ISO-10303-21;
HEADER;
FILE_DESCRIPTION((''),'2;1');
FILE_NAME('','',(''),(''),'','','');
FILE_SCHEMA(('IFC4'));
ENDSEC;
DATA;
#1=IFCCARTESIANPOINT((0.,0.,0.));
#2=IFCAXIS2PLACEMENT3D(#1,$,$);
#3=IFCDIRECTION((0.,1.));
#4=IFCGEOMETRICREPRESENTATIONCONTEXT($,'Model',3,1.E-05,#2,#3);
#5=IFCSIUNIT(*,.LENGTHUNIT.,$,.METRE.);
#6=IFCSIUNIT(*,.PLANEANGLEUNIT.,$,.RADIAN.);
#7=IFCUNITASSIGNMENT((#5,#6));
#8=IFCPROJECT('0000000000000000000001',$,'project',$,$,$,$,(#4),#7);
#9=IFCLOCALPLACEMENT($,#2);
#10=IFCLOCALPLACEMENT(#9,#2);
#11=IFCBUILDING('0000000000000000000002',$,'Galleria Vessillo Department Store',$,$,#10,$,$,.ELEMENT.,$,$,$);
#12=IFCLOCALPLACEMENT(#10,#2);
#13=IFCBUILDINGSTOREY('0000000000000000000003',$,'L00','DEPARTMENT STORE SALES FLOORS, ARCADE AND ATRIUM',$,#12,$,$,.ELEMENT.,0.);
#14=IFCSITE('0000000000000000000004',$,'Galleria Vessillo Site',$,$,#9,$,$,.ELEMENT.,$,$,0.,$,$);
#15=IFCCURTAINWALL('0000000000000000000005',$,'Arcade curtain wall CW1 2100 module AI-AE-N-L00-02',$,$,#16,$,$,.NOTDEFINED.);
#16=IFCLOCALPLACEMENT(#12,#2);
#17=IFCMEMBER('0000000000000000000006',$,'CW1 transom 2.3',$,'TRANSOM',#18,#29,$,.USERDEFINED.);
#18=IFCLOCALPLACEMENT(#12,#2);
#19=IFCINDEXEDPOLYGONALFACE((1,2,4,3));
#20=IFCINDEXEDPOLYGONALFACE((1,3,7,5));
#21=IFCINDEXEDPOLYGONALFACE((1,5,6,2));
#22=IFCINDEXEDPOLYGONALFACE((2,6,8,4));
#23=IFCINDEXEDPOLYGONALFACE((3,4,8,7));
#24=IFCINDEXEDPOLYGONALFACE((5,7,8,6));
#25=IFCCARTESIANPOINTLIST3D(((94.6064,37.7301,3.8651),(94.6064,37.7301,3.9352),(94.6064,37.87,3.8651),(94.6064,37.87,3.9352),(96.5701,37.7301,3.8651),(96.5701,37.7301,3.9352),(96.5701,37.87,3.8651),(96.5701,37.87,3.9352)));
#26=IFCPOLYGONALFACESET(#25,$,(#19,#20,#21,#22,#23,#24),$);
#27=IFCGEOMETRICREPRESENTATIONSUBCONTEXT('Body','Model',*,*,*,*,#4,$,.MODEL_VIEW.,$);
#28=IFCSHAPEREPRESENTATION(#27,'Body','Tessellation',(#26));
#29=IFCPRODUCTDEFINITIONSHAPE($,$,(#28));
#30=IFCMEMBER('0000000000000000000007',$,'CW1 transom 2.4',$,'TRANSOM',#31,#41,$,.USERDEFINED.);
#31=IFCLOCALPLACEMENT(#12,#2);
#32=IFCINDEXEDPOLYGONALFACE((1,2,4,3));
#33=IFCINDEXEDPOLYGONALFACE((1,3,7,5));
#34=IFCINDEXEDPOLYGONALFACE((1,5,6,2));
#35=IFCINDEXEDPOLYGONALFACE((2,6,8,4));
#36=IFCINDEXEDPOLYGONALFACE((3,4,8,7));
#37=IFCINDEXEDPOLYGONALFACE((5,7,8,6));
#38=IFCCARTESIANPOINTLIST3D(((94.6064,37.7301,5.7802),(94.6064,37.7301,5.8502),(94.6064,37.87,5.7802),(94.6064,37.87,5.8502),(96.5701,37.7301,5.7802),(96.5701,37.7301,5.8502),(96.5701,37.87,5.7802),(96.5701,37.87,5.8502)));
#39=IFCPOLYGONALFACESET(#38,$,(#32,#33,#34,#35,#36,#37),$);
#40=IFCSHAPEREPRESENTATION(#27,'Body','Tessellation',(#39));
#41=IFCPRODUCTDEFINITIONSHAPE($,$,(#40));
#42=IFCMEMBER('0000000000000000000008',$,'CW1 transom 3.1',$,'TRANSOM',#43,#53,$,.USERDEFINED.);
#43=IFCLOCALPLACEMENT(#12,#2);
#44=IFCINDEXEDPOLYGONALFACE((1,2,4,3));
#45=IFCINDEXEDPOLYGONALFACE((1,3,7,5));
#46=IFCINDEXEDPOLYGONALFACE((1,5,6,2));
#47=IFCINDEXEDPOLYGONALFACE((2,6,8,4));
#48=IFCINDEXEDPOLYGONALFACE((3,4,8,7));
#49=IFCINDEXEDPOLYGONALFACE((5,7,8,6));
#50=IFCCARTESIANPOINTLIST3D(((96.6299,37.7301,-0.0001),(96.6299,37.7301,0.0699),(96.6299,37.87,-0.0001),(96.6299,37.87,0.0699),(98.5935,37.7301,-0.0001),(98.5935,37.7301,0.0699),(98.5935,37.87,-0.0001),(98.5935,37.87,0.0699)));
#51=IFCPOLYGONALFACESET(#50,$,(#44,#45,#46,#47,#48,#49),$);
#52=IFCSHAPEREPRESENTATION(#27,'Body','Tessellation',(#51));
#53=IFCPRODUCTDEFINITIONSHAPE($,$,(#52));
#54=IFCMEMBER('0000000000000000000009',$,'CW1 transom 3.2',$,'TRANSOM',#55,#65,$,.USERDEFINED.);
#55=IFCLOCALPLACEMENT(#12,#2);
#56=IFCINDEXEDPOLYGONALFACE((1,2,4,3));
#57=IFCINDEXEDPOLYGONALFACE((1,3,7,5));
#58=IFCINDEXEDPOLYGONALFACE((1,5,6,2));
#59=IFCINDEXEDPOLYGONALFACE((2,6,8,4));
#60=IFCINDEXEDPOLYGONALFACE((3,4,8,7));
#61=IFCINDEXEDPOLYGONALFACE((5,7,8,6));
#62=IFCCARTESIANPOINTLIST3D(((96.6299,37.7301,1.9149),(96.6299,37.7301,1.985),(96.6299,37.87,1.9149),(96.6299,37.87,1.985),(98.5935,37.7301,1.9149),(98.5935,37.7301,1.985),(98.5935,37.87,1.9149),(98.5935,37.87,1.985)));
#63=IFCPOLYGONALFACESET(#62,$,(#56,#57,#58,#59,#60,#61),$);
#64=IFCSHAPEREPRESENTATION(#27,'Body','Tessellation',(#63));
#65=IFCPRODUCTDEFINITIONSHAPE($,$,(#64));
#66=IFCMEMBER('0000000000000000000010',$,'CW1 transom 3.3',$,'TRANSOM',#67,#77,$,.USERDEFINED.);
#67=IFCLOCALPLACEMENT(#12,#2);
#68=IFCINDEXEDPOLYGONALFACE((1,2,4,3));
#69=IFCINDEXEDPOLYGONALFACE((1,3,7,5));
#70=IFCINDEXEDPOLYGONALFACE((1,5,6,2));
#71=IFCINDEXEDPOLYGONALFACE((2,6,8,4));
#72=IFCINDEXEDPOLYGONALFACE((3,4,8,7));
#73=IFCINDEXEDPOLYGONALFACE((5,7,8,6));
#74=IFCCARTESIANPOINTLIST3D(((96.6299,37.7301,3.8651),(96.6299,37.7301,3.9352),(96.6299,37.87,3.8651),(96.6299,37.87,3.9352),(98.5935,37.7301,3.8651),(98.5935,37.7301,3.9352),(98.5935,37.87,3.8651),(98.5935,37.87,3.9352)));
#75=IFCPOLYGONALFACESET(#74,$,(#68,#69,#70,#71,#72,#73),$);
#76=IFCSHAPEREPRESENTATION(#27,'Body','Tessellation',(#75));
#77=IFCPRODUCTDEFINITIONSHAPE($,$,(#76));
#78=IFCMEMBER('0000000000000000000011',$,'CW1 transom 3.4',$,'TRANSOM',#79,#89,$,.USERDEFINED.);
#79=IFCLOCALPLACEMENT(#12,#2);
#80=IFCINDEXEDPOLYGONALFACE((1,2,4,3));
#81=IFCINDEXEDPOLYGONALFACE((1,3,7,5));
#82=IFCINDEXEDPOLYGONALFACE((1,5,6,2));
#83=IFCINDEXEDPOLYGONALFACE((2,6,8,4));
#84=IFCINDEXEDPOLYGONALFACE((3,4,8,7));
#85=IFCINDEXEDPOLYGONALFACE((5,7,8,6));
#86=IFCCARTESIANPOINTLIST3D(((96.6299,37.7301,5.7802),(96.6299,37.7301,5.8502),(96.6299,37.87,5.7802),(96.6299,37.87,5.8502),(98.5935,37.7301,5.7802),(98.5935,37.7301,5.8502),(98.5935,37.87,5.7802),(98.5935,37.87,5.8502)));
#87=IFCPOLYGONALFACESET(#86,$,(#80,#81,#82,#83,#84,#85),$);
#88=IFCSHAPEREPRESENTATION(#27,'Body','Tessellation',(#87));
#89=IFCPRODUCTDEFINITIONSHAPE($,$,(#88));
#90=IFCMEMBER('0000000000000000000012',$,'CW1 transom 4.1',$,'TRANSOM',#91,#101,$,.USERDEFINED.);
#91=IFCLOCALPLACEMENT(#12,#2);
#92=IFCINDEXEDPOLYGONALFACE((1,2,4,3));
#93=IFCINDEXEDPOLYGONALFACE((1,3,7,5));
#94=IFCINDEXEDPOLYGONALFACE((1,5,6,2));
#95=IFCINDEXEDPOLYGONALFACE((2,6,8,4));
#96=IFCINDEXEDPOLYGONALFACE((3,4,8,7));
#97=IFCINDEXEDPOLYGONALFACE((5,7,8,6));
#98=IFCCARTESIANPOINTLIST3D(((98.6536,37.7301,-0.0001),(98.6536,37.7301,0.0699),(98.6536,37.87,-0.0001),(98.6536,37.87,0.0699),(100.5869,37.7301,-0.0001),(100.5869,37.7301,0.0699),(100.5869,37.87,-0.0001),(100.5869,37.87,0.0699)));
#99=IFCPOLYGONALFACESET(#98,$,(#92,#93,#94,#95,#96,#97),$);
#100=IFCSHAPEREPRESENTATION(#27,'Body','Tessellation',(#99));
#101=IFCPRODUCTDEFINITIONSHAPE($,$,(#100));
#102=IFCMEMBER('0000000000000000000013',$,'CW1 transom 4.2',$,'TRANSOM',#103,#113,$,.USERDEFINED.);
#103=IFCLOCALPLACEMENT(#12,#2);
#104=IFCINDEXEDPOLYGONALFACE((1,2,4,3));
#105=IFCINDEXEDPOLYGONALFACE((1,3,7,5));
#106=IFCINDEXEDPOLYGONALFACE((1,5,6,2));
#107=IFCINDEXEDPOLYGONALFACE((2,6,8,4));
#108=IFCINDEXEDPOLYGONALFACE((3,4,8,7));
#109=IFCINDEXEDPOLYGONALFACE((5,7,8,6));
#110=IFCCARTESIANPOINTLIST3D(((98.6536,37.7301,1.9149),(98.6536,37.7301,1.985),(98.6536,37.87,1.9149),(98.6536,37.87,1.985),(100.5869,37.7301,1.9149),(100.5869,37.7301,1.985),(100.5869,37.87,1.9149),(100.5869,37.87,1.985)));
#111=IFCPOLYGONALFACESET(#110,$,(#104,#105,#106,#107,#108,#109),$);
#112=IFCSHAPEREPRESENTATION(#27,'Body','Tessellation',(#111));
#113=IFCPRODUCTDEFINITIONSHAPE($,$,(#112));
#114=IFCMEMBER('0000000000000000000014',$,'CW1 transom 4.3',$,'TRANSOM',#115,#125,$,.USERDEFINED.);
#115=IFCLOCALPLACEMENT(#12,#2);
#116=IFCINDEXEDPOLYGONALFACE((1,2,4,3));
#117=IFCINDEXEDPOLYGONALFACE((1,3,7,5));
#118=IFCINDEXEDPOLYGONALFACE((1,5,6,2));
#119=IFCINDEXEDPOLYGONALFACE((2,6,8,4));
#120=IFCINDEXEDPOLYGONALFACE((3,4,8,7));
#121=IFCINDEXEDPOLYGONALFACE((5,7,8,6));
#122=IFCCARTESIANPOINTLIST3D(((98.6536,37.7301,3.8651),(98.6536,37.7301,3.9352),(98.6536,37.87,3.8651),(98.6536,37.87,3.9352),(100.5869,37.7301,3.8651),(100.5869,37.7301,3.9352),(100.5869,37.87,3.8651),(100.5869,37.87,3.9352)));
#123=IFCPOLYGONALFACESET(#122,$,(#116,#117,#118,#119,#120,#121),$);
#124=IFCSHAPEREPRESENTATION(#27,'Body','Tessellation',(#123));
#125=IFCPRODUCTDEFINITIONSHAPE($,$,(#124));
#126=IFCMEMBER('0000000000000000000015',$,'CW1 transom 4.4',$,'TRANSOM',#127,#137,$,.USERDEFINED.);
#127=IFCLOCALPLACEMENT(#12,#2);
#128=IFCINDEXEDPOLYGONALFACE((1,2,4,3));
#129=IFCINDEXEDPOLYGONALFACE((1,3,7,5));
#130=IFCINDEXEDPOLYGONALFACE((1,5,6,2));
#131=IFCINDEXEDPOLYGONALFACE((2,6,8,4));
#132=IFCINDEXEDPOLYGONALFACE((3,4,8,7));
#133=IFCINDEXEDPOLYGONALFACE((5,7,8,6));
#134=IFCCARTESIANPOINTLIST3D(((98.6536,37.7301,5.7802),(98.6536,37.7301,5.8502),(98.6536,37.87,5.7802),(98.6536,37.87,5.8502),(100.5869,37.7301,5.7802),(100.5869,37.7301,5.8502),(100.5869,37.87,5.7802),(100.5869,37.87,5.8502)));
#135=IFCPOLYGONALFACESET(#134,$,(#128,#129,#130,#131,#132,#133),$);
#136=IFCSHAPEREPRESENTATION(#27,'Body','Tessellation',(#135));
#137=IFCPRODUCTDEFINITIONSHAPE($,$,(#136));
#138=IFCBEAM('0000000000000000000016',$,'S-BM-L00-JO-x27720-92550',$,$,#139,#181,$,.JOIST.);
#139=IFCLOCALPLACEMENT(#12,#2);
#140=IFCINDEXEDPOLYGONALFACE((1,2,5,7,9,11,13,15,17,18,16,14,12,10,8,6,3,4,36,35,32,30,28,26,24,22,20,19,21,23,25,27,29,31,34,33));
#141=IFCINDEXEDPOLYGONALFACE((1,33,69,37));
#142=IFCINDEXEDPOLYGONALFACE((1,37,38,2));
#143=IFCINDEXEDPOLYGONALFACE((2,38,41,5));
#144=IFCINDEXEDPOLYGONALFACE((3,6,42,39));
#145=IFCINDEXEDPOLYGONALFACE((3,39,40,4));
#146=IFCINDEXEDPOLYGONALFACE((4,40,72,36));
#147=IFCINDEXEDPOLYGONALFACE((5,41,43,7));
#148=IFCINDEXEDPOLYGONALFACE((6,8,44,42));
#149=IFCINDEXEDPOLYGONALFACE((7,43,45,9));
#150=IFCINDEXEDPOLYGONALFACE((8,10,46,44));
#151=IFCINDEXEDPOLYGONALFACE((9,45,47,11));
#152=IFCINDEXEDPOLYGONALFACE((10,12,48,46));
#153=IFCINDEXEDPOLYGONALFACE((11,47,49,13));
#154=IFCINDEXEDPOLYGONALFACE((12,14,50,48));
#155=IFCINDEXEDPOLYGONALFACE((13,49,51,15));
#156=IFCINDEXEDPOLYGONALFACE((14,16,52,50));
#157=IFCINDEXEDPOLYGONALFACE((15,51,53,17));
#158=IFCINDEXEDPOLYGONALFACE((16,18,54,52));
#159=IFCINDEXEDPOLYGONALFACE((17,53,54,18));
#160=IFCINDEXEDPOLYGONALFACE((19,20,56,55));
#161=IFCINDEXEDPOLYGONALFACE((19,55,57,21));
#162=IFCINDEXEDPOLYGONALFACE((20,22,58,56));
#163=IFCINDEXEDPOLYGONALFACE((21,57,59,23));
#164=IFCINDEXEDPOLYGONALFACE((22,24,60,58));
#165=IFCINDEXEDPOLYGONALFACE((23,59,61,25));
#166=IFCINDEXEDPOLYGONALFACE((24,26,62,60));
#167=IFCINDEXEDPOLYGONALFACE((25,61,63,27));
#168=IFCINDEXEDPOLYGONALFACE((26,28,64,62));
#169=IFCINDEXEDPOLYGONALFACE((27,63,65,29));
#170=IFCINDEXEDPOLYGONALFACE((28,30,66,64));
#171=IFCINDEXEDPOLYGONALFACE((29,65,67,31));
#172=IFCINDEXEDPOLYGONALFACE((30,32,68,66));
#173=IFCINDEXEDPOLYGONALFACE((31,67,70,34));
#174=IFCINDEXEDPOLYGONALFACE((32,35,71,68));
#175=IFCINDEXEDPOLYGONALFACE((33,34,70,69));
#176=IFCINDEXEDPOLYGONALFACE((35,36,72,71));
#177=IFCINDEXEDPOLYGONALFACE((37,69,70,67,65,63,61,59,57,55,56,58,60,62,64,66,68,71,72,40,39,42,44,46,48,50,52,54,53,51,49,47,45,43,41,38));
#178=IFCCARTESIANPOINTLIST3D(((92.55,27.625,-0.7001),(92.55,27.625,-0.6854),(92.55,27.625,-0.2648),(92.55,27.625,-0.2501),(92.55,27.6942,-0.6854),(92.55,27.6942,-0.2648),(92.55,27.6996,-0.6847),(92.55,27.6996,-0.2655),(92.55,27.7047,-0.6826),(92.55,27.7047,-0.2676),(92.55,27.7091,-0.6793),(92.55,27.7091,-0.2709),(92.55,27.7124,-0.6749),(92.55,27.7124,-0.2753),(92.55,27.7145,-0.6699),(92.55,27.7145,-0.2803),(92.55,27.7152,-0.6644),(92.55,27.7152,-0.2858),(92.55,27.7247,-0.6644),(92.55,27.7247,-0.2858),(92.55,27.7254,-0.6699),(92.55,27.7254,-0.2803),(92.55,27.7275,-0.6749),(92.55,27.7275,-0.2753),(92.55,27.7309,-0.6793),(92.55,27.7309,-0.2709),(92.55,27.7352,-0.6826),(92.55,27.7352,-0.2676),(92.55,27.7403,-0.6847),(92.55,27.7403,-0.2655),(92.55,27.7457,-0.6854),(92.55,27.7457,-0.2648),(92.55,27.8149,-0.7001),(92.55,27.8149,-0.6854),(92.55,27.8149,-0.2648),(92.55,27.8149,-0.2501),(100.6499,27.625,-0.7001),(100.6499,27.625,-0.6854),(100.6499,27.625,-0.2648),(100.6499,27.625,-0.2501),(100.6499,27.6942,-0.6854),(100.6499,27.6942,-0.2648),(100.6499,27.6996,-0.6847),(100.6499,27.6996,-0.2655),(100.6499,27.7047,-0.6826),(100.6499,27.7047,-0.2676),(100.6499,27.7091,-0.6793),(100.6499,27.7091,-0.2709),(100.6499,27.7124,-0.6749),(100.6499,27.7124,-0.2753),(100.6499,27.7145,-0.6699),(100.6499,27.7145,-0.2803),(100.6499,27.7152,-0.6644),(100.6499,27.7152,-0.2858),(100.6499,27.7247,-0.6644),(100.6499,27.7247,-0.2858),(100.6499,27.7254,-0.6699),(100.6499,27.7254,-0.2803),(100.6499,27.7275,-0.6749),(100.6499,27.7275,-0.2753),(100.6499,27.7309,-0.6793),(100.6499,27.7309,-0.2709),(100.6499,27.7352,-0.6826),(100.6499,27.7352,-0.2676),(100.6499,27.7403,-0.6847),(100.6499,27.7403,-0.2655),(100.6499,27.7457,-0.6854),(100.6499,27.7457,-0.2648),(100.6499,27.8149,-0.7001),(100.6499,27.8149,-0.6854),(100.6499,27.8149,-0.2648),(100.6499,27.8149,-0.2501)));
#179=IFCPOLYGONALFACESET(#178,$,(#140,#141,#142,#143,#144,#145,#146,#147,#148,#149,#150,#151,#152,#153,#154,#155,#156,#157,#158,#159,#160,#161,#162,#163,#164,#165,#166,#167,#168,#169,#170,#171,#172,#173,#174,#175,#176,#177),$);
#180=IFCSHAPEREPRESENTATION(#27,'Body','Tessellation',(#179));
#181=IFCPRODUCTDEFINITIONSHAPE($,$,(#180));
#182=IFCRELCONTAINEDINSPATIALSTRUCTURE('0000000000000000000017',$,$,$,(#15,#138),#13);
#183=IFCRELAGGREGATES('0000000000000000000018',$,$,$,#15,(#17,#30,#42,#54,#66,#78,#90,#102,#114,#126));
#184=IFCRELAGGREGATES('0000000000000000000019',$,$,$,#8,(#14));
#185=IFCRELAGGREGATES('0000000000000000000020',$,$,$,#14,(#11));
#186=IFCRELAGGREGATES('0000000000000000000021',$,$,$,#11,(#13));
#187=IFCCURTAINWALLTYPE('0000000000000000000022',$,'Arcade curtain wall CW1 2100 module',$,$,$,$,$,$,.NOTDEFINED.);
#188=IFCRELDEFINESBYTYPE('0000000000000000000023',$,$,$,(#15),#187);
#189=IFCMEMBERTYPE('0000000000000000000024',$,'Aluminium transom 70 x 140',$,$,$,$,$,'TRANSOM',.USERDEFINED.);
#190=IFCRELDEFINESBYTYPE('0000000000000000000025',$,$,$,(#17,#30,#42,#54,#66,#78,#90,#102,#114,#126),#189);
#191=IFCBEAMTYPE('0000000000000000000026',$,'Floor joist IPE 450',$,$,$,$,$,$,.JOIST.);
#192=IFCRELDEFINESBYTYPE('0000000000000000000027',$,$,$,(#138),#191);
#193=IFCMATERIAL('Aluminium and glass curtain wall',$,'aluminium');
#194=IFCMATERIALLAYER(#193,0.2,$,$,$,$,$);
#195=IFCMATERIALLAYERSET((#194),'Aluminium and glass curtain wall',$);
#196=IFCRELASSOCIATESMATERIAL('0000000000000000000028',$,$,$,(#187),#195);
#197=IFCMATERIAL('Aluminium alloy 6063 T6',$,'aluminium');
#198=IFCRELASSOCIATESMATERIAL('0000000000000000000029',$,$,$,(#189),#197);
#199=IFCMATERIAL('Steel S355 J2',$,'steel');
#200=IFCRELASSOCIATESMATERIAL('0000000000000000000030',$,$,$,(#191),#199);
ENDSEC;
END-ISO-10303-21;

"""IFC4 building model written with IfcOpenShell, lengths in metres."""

from ifc_helpers import new_model, si_unit, direction, frame, origin, origin_2d, place, context, subcontext, project, spatial, rectangle, i_section, extrude, material, layer, layer_set, material_profile, profile_set, type_object, element, aggregate, save


model = new_model("IFC4")

# Units and contexts
model_context = context("Model", 3, precision=1e-05, world=origin(), true_north=direction((0.0, 1.0)))
body_context = subcontext(model_context, "Body", "Model", "MODEL_VIEW")
ifc_project = project(units=[si_unit("LENGTHUNIT", "METRE"), si_unit("PLANEANGLEUNIT", "RADIAN")], contexts=[model_context])

# Site, building, storey
site_placement = place(None, origin())
site = spatial("IfcSite", under=ifc_project, at=site_placement, Name="Galleria Vessillo Site", CompositionType="ELEMENT", RefElevation=0.0)
building_placement = place(site_placement, origin())
building = spatial("IfcBuilding", under=site, at=building_placement, Name="Galleria Vessillo Department Store", CompositionType="ELEMENT")
storey_placement = place(building_placement, origin())
storey = spatial("IfcBuildingStorey", under=building, at=storey_placement, Name="L00", Description="DEPARTMENT STORE SALES FLOORS, ARCADE AND ATRIUM", CompositionType="ELEMENT", Elevation=0.0)

# Curtain wall, members
ifc_material_1 = material(Name="Aluminium and glass curtain wall", Category="aluminium")
ifc_layer_1 = layer(ifc_material_1, 0.2)
ifc_layer_set_1 = layer_set([ifc_layer_1], Name="Aluminium and glass curtain wall")
curtain_wall_type = type_object("IfcCurtainWallType", Name="Arcade curtain wall CW1 2100 module", PredefinedType="NOTDEFINED", material=ifc_layer_set_1)
curtain_wall_placement = place(storey_placement, origin())
curtain_wall = element("IfcCurtainWall", 1, at=curtain_wall_placement, inside=storey, type_object=curtain_wall_type, Name="Arcade curtain wall CW1 2100 module AI-AE-N-L00-02", PredefinedType="NOTDEFINED")
ifc_material_2 = material(Name="Aluminium alloy 6063 T6", Category="aluminium")
ifc_material_profile_1 = material_profile(ifc_material_2, rectangle(XDim=0.1399, YDim=0.0701, at=origin_2d()), Name="AL 70x140")
ifc_profile_set_1 = profile_set([ifc_material_profile_1], Name="Aluminium alloy 6063 T6")
member_type_1 = type_object("IfcMemberType", Name="Aluminium transom 70 x 140", ElementType="TRANSOM", PredefinedType="USERDEFINED", material=ifc_profile_set_1)
member_1_placement = place(storey_placement, frame((94.6064, 37.8, 3.9001), z_axis=(1.0, 0.0, 0.0), x_axis=(0.0, 1.0, 0.0)))
member_1 = element("IfcMember", 2, at=member_1_placement, type_object=member_type_1, Name="CW1 transom 2.3", ObjectType="TRANSOM", PredefinedType="USERDEFINED", context=body_context, shape_type="SweptSolid", body=[
    extrude(rectangle(XDim=0.1399, YDim=0.0701, at=origin_2d()), origin(), (0.0, 0.0, 1.0), 1.9636),
])
member_2_placement = place(storey_placement, frame((94.6064, 37.8, 5.8152), z_axis=(1.0, 0.0, 0.0), x_axis=(0.0, 1.0, 0.0)))
member_2 = element("IfcMember", 3, at=member_2_placement, type_object=member_type_1, Name="CW1 transom 2.4", ObjectType="TRANSOM", PredefinedType="USERDEFINED", context=body_context, shape_type="SweptSolid", body=[
    extrude(rectangle(XDim=0.1399, YDim=0.0701, at=origin_2d()), origin(), (0.0, 0.0, 1.0), 1.9636),
])
member_3_placement = place(storey_placement, frame((96.6299, 37.8, 0.0349), z_axis=(1.0, 0.0, 0.0), x_axis=(0.0, 1.0, 0.0)))
member_3 = element("IfcMember", 4, at=member_3_placement, type_object=member_type_1, Name="CW1 transom 3.1", ObjectType="TRANSOM", PredefinedType="USERDEFINED", context=body_context, shape_type="SweptSolid", body=[
    extrude(rectangle(XDim=0.1399, YDim=0.0701, at=origin_2d()), origin(), (0.0, 0.0, 1.0), 1.9636),
])
member_4_placement = place(storey_placement, frame((96.6299, 37.8, 1.95), z_axis=(1.0, 0.0, 0.0), x_axis=(0.0, 1.0, 0.0)))
member_4 = element("IfcMember", 5, at=member_4_placement, type_object=member_type_1, Name="CW1 transom 3.2", ObjectType="TRANSOM", PredefinedType="USERDEFINED", context=body_context, shape_type="SweptSolid", body=[
    extrude(rectangle(XDim=0.1399, YDim=0.0701, at=origin_2d()), origin(), (0.0, 0.0, 1.0), 1.9636),
])
member_5_placement = place(storey_placement, frame((96.6299, 37.8, 3.9001), z_axis=(1.0, 0.0, 0.0), x_axis=(0.0, 1.0, 0.0)))
member_5 = element("IfcMember", 6, at=member_5_placement, type_object=member_type_1, Name="CW1 transom 3.3", ObjectType="TRANSOM", PredefinedType="USERDEFINED", context=body_context, shape_type="SweptSolid", body=[
    extrude(rectangle(XDim=0.1399, YDim=0.0701, at=origin_2d()), origin(), (0.0, 0.0, 1.0), 1.9636),
])
member_6_placement = place(storey_placement, frame((96.6299, 37.8, 5.8152), z_axis=(1.0, 0.0, 0.0), x_axis=(0.0, 1.0, 0.0)))
member_6 = element("IfcMember", 7, at=member_6_placement, type_object=member_type_1, Name="CW1 transom 3.4", ObjectType="TRANSOM", PredefinedType="USERDEFINED", context=body_context, shape_type="SweptSolid", body=[
    extrude(rectangle(XDim=0.1399, YDim=0.0701, at=origin_2d()), origin(), (0.0, 0.0, 1.0), 1.9636),
])
member_7_placement = place(storey_placement, frame((98.6536, 37.8, 0.0349), z_axis=(1.0, 0.0, 0.0), x_axis=(0.0, 1.0, 0.0)))
member_7 = element("IfcMember", 8, at=member_7_placement, type_object=member_type_1, Name="CW1 transom 4.1", ObjectType="TRANSOM", PredefinedType="USERDEFINED", context=body_context, shape_type="SweptSolid", body=[
    extrude(rectangle(XDim=0.1399, YDim=0.0701, at=origin_2d()), origin(), (0.0, 0.0, 1.0), 1.9333),
])
member_8_placement = place(storey_placement, frame((98.6536, 37.8, 1.95), z_axis=(1.0, 0.0, 0.0), x_axis=(0.0, 1.0, 0.0)))
member_8 = element("IfcMember", 9, at=member_8_placement, type_object=member_type_1, Name="CW1 transom 4.2", ObjectType="TRANSOM", PredefinedType="USERDEFINED", context=body_context, shape_type="SweptSolid", body=[
    extrude(rectangle(XDim=0.1399, YDim=0.0701, at=origin_2d()), origin(), (0.0, 0.0, 1.0), 1.9333),
])
member_9_placement = place(storey_placement, frame((98.6536, 37.8, 3.9001), z_axis=(1.0, 0.0, 0.0), x_axis=(0.0, 1.0, 0.0)))
member_9 = element("IfcMember", 10, at=member_9_placement, type_object=member_type_1, Name="CW1 transom 4.3", ObjectType="TRANSOM", PredefinedType="USERDEFINED", context=body_context, shape_type="SweptSolid", body=[
    extrude(rectangle(XDim=0.1399, YDim=0.0701, at=origin_2d()), origin(), (0.0, 0.0, 1.0), 1.9333),
])
member_10_placement = place(storey_placement, frame((98.6536, 37.8, 5.8152), z_axis=(1.0, 0.0, 0.0), x_axis=(0.0, 1.0, 0.0)))
member_10 = element("IfcMember", 11, at=member_10_placement, type_object=member_type_1, Name="CW1 transom 4.4", ObjectType="TRANSOM", PredefinedType="USERDEFINED", context=body_context, shape_type="SweptSolid", body=[
    extrude(rectangle(XDim=0.1399, YDim=0.0701, at=origin_2d()), origin(), (0.0, 0.0, 1.0), 1.9333),
])

# Beam
ifc_material_3 = material(Name="Steel S355 J2", Category="steel")
ifc_material_profile_2 = material_profile(ifc_material_3, i_section(OverallWidth=0.1899, OverallDepth=0.45, WebThickness=0.0095, FlangeThickness=0.0146, FilletRadius=0.021, at=origin_2d()), Name="IPE 450")
ifc_profile_set_2 = profile_set([ifc_material_profile_2], Name="Steel S355 J2")
beam_type = type_object("IfcBeamType", Name="Floor joist IPE 450", PredefinedType="JOIST", material=ifc_profile_set_2)
for number, where, z_axis, x_axis, name in (
    (12, (92.55, 27.72, -0.4751), (1.0, 0.0, 0.0), (0.0, 1.0, 0.0), "S-BM-L00-JO-x27720-92550"),
):
    element("IfcBeam", number, at=place(storey_placement, frame(where, z_axis=z_axis, x_axis=x_axis)), inside=storey, type_object=beam_type, Name=name, PredefinedType="JOIST", context=body_context, shape_type="SweptSolid", body=[
        extrude(i_section(OverallWidth=0.1899, OverallDepth=0.45, WebThickness=0.0095, FlangeThickness=0.0146, FilletRadius=0.021, at=origin_2d()), origin(), (0.0, 0.0, 1.0), 8.0999),
    ])

aggregate(curtain_wall, [member_1, member_2, member_3, member_4, member_5, member_6, member_7, member_8, member_9, member_10])

save(model, "model.ifc")
